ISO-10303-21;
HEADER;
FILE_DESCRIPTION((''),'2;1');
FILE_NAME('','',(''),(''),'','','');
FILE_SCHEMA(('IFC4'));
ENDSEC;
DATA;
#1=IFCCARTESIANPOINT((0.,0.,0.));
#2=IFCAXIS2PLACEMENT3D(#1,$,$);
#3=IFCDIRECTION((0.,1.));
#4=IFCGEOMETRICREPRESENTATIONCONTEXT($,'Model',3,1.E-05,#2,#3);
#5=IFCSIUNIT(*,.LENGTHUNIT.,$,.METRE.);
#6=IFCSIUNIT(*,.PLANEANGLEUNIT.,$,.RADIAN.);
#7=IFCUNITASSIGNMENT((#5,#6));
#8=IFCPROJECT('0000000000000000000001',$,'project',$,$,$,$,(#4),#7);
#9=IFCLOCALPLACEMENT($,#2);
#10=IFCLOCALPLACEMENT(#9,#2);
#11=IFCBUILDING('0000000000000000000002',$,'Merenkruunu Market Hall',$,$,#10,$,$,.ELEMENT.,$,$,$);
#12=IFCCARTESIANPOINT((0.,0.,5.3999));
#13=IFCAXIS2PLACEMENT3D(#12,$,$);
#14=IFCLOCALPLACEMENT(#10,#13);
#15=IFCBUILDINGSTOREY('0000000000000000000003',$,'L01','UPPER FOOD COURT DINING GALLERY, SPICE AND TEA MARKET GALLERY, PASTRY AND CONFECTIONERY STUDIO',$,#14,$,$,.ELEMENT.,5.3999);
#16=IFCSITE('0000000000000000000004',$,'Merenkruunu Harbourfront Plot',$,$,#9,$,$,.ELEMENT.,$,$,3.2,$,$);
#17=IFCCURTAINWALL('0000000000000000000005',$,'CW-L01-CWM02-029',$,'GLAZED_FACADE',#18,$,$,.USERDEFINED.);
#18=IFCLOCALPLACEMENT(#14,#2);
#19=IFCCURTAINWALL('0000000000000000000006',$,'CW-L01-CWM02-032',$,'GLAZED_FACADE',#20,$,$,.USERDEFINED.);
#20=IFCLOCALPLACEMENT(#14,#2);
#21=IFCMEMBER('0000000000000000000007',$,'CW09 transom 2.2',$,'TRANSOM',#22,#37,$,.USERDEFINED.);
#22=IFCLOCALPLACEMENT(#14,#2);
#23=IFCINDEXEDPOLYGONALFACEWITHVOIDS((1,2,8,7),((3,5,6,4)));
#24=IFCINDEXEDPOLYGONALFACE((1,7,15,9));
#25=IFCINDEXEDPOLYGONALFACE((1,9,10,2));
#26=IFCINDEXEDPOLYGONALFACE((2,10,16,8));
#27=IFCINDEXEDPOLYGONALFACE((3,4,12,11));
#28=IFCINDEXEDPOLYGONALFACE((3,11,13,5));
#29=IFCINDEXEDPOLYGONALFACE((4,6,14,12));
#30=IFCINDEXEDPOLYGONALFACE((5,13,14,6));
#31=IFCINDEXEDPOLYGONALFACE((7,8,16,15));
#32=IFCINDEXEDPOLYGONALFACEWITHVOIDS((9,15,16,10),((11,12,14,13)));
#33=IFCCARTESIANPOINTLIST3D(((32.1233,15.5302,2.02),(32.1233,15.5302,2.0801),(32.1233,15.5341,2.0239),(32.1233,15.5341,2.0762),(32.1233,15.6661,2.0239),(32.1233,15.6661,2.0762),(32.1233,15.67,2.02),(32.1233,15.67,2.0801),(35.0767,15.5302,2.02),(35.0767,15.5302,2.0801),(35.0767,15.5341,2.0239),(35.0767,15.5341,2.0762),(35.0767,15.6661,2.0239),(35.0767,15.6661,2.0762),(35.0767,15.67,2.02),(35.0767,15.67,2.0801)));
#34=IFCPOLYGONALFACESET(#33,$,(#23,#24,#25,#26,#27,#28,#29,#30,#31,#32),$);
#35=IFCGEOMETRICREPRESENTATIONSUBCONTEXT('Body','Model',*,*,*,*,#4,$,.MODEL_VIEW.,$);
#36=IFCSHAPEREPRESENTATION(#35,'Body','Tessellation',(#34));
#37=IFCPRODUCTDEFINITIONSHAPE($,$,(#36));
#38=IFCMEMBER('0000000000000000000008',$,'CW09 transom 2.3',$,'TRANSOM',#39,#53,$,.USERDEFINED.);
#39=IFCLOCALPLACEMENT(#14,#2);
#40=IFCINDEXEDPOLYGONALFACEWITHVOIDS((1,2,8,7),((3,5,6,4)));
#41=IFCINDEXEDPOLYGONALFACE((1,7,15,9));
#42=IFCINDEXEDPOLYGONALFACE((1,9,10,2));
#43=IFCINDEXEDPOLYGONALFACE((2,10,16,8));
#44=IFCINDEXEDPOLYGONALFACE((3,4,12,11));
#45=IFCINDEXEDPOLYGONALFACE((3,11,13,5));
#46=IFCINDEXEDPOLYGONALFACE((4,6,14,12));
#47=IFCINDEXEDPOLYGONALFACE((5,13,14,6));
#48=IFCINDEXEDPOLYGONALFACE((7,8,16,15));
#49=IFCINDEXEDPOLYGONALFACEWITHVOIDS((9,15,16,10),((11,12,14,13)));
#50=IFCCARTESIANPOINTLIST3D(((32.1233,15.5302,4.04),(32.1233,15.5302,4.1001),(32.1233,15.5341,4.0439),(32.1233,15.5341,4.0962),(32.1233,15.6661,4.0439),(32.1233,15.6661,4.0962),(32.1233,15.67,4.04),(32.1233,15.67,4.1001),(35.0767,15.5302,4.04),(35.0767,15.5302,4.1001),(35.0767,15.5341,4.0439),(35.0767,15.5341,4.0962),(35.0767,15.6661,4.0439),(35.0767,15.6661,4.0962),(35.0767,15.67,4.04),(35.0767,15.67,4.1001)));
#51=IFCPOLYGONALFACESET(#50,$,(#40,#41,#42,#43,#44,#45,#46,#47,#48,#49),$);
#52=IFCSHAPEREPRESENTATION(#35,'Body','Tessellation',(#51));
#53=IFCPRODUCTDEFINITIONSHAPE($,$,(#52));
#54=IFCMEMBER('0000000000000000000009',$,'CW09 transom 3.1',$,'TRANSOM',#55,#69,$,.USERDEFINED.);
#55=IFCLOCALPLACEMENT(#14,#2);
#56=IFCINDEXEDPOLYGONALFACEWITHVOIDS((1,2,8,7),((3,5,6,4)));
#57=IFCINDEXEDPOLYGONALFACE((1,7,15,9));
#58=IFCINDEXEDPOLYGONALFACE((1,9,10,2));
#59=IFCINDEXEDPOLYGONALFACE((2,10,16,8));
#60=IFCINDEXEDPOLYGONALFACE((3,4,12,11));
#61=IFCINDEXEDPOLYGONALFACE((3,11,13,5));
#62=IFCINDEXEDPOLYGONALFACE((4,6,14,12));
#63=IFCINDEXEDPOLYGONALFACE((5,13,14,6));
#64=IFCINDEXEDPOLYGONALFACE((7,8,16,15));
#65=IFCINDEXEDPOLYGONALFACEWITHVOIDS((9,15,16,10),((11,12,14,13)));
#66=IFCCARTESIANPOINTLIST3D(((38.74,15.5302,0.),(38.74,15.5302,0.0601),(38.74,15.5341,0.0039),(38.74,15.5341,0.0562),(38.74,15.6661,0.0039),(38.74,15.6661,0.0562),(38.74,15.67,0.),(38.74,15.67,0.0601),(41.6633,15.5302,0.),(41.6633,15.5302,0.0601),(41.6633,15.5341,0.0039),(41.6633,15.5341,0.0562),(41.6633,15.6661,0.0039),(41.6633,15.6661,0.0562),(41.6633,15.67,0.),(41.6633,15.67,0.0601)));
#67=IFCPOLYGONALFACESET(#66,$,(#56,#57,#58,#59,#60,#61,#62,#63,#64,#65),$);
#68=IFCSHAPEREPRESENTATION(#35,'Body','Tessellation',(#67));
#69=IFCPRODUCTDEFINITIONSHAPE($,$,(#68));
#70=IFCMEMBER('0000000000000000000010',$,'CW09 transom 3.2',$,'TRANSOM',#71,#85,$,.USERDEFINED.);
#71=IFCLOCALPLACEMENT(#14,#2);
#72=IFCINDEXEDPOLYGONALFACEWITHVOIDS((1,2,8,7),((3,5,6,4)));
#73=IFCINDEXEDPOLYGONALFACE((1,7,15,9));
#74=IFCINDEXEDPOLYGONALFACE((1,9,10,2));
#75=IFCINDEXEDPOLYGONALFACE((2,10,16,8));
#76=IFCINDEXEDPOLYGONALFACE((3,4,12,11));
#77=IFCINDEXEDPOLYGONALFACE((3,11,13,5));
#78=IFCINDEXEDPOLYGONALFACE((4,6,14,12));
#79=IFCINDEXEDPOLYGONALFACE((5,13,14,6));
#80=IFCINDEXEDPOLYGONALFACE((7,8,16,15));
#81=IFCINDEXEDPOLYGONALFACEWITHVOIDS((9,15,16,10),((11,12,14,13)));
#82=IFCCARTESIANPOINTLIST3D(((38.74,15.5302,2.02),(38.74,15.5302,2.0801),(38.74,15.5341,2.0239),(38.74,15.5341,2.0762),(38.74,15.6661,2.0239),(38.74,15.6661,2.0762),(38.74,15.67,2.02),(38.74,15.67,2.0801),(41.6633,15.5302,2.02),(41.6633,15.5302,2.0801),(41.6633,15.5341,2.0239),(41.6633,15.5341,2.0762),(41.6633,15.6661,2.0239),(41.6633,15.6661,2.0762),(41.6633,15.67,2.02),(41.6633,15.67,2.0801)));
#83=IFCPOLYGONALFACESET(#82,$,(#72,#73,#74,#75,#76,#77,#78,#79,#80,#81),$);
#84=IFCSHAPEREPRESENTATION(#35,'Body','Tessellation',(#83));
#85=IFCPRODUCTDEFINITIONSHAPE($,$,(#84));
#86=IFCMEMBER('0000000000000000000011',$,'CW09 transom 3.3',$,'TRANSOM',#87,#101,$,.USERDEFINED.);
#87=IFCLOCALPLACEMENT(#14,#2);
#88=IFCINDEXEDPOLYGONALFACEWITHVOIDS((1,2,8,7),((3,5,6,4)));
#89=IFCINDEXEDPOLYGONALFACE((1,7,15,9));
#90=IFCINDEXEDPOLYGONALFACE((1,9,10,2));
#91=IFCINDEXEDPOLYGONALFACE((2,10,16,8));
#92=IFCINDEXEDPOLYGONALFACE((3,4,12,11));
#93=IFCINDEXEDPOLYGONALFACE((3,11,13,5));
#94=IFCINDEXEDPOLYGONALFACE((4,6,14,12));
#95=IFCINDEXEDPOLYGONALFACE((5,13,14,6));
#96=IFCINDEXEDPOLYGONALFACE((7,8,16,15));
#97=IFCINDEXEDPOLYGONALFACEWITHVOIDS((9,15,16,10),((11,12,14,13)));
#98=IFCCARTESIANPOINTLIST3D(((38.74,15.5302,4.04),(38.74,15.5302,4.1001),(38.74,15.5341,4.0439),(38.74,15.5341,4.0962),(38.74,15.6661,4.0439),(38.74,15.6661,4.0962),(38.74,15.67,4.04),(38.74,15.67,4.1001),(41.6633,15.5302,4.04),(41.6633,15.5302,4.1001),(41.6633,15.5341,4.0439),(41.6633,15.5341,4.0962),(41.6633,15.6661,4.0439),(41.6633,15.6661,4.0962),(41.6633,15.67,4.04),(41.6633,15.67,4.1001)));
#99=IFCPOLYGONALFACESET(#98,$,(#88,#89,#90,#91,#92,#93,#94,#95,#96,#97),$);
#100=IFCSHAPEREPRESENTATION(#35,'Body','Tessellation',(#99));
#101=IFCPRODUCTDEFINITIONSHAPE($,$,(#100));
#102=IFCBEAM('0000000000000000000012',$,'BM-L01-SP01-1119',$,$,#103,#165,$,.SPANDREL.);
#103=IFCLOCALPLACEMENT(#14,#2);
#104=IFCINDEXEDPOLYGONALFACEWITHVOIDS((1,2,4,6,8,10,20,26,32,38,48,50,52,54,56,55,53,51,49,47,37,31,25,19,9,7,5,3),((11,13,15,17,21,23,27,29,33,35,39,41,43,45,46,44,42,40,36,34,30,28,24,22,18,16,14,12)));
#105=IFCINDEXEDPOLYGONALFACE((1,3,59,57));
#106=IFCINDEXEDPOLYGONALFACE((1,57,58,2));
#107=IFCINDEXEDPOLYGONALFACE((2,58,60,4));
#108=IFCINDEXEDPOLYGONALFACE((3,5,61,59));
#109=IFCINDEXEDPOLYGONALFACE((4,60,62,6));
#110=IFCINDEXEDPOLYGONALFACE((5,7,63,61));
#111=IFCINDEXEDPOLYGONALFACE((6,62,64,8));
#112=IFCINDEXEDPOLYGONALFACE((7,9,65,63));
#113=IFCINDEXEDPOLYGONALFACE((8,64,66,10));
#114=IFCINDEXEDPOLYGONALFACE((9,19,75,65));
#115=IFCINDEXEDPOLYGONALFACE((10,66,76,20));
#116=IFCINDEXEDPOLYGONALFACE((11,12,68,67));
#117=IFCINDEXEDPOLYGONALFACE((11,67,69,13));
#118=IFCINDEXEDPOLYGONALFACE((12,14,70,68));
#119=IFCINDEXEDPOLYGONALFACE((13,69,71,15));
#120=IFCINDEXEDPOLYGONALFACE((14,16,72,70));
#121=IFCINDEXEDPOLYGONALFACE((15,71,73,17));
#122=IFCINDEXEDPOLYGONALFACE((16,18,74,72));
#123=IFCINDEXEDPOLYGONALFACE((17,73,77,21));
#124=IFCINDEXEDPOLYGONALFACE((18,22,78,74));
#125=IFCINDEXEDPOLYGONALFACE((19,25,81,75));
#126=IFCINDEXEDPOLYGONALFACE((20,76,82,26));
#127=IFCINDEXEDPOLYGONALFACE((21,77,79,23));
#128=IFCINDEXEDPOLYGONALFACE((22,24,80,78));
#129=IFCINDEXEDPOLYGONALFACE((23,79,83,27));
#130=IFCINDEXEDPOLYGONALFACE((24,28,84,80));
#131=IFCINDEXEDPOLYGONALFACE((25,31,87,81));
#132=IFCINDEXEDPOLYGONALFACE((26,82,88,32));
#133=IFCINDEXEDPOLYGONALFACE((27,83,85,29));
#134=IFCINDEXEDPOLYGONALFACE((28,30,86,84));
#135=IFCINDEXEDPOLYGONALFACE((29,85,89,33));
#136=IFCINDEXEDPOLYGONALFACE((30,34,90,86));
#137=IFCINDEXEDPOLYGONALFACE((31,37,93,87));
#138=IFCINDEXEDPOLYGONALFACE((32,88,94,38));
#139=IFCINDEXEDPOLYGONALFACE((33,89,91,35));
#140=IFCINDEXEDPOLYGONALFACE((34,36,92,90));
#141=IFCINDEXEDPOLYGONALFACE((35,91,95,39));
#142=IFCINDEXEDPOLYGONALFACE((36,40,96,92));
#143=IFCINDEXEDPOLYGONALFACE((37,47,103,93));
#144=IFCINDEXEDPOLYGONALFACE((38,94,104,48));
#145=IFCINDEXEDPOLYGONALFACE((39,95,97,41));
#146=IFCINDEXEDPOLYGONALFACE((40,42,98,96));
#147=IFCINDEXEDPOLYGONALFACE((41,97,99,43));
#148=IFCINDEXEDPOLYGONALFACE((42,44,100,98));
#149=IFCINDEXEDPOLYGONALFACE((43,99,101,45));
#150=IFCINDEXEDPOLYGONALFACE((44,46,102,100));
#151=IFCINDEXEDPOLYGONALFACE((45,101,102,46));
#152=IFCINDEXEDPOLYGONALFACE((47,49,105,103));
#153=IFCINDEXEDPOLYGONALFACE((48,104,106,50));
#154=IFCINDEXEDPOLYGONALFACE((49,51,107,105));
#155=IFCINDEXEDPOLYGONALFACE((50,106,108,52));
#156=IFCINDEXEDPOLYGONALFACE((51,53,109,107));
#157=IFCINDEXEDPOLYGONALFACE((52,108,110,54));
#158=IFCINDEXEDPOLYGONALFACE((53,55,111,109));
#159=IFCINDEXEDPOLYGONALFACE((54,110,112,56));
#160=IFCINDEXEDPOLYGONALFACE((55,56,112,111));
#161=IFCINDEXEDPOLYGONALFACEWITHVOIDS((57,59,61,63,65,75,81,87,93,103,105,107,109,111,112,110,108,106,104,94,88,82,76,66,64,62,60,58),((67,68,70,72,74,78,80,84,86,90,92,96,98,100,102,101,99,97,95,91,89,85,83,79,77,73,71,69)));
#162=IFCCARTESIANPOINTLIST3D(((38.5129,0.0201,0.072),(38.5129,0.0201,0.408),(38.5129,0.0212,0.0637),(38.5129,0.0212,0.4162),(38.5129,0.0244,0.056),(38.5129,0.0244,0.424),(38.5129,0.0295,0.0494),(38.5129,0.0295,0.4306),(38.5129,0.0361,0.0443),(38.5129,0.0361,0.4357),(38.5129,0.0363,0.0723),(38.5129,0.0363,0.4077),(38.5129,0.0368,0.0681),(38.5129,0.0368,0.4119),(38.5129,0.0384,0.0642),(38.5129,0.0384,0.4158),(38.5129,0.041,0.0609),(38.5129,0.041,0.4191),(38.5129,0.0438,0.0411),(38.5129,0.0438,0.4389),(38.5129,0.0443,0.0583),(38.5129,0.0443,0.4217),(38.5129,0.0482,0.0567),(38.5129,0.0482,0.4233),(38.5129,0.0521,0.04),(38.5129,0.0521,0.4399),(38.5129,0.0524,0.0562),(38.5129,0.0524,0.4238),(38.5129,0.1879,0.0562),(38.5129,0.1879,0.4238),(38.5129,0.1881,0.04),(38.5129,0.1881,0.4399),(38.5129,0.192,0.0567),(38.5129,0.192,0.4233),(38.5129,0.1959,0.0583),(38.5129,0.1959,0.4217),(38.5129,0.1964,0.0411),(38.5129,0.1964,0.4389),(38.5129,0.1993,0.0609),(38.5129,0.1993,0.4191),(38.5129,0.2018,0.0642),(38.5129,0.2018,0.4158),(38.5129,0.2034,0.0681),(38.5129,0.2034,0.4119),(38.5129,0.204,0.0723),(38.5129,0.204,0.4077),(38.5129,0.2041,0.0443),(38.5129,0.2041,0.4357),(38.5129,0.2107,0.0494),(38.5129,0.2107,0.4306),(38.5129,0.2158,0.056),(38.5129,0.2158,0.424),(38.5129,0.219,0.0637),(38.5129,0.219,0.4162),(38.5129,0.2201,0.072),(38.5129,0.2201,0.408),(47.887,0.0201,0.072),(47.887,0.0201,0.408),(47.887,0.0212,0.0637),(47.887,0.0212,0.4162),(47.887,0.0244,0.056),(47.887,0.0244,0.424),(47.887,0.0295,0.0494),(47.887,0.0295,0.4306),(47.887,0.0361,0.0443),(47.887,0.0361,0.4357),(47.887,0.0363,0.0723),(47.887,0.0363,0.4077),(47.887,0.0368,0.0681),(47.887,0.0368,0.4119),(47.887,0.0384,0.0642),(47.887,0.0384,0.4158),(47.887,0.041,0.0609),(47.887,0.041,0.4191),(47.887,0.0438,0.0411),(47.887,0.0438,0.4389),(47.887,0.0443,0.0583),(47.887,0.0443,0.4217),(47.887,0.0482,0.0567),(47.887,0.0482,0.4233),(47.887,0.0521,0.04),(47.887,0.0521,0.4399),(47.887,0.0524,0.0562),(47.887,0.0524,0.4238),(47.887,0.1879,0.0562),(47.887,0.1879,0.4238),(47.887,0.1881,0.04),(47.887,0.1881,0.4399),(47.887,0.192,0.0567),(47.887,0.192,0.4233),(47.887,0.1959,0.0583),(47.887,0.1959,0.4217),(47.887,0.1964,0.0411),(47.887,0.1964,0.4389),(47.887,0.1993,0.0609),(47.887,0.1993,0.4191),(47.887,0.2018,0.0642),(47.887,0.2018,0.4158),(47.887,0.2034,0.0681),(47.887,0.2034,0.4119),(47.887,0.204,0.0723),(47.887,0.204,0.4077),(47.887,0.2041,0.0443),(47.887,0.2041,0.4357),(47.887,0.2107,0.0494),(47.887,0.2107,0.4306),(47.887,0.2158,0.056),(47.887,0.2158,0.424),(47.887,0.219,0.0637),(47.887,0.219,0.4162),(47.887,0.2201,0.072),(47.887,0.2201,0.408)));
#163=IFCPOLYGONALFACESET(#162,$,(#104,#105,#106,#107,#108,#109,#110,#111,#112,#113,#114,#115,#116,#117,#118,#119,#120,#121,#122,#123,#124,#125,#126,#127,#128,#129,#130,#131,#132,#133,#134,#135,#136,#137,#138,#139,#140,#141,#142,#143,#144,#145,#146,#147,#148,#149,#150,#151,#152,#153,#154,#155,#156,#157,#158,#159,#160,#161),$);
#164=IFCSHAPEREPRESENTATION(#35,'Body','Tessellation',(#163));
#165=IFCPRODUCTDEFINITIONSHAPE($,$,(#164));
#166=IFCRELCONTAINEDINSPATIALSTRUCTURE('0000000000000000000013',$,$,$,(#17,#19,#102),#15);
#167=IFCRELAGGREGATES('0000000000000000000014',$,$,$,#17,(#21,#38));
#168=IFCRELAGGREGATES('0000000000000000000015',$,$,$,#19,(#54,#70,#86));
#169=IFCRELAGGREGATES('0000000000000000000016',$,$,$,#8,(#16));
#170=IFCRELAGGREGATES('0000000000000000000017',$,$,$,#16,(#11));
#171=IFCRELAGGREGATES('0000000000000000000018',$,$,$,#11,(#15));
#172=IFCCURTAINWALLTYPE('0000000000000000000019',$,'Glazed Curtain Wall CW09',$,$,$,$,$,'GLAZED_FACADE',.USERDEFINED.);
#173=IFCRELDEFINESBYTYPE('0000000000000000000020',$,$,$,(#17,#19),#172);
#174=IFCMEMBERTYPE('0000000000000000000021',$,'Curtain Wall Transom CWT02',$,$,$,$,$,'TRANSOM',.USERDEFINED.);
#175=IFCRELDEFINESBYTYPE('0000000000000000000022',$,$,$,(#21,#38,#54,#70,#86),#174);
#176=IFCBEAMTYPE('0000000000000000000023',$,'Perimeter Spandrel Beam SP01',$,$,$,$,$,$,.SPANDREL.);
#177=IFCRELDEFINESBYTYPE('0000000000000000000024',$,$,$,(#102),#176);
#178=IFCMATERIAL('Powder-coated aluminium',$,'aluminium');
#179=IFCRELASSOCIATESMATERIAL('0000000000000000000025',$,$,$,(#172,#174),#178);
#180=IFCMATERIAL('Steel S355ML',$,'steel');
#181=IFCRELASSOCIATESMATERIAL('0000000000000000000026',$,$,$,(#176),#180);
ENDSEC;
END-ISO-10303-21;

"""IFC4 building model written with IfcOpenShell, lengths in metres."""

from ifc_helpers import new_model, si_unit, direction, frame, origin, origin_2d, place, context, subcontext, project, spatial, hollow_rectangle, extrude, material, material_profile, profile_set, type_object, element, aggregate, save


model = new_model("IFC4")

# Units and contexts
model_context = context("Model", 3, precision=1e-05, world=origin(), true_north=direction((0.0, 1.0)))
body_context = subcontext(model_context, "Body", "Model", "MODEL_VIEW")
ifc_project = project(units=[si_unit("LENGTHUNIT", "METRE"), si_unit("PLANEANGLEUNIT", "RADIAN")], contexts=[model_context])

# Site, building, storey
site_placement = place(None, origin())
site = spatial("IfcSite", under=ifc_project, at=site_placement, Name="Merenkruunu Harbourfront Plot", CompositionType="ELEMENT", RefElevation=3.2)
building_placement = place(site_placement, origin())
building = spatial("IfcBuilding", under=site, at=building_placement, Name="Merenkruunu Market Hall", CompositionType="ELEMENT")
storey_placement = place(building_placement, frame((0.0, 0.0, 5.3999)))
storey = spatial("IfcBuildingStorey", under=building, at=storey_placement, Name="L01", Description="UPPER FOOD COURT DINING GALLERY, SPICE AND TEA MARKET GALLERY, PASTRY AND CONFECTIONERY STUDIO", CompositionType="ELEMENT", Elevation=5.3999)

# Curtain walls
ifc_material_1 = material(Name="Powder-coated aluminium", Category="aluminium")
curtain_wall_type = type_object("IfcCurtainWallType", Name="Glazed Curtain Wall CW09", ElementType="GLAZED_FACADE", PredefinedType="USERDEFINED", material=ifc_material_1)
curtain_wall_1_placement = place(storey_placement, origin())
curtain_wall_1 = element("IfcCurtainWall", 1, at=curtain_wall_1_placement, inside=storey, type_object=curtain_wall_type, Name="CW-L01-CWM02-029", ObjectType="GLAZED_FACADE", PredefinedType="USERDEFINED")
curtain_wall_2_placement = place(storey_placement, origin())
curtain_wall_2 = element("IfcCurtainWall", 2, at=curtain_wall_2_placement, inside=storey, type_object=curtain_wall_type, Name="CW-L01-CWM02-032", ObjectType="GLAZED_FACADE", PredefinedType="USERDEFINED")

# Members
ifc_material_profile_1 = material_profile(ifc_material_1, hollow_rectangle(XDim=0.0601, YDim=0.1399, WallThickness=0.0039, at=origin_2d()), Name="ALU 60x140x4")
ifc_profile_set_1 = profile_set([ifc_material_profile_1], Name="Powder-coated aluminium")
member_type_1 = type_object("IfcMemberType", Name="Curtain Wall Transom CWT02", ElementType="TRANSOM", PredefinedType="USERDEFINED", material=ifc_profile_set_1)
member_1_placement = place(storey_placement, frame((35.0767, 15.6001, 2.05), z_axis=(-1.0, 0.0, 0.0), x_axis=(0.0, 0.0, 1.0)))
member_1 = element("IfcMember", 3, at=member_1_placement, type_object=member_type_1, Name="CW09 transom 2.2", ObjectType="TRANSOM", PredefinedType="USERDEFINED", context=body_context, shape_type="SweptSolid", body=[
    extrude(hollow_rectangle(XDim=0.0601, YDim=0.1399, WallThickness=0.0039, at=origin_2d()), origin(), (0.0, 0.0, 1.0), 2.9534),
])
member_2_placement = place(storey_placement, frame((35.0767, 15.6001, 4.0701), z_axis=(-1.0, 0.0, 0.0), x_axis=(0.0, 0.0, 1.0)))
member_2 = element("IfcMember", 4, at=member_2_placement, type_object=member_type_1, Name="CW09 transom 2.3", ObjectType="TRANSOM", PredefinedType="USERDEFINED", context=body_context, shape_type="SweptSolid", body=[
    extrude(hollow_rectangle(XDim=0.0601, YDim=0.1399, WallThickness=0.0039, at=origin_2d()), origin(), (0.0, 0.0, 1.0), 2.9534),
])
member_3_placement = place(storey_placement, frame((41.6633, 15.6001, 0.03), z_axis=(-1.0, 0.0, 0.0), x_axis=(0.0, 0.0, 1.0)))
member_3 = element("IfcMember", 5, at=member_3_placement, type_object=member_type_1, Name="CW09 transom 3.1", ObjectType="TRANSOM", PredefinedType="USERDEFINED", context=body_context, shape_type="SweptSolid", body=[
    extrude(hollow_rectangle(XDim=0.0601, YDim=0.1399, WallThickness=0.0039, at=origin_2d()), origin(), (0.0, 0.0, 1.0), 2.9233),
])
member_4_placement = place(storey_placement, frame((41.6633, 15.6001, 2.05), z_axis=(-1.0, 0.0, 0.0), x_axis=(0.0, 0.0, 1.0)))
member_4 = element("IfcMember", 6, at=member_4_placement, type_object=member_type_1, Name="CW09 transom 3.2", ObjectType="TRANSOM", PredefinedType="USERDEFINED", context=body_context, shape_type="SweptSolid", body=[
    extrude(hollow_rectangle(XDim=0.0601, YDim=0.1399, WallThickness=0.0039, at=origin_2d()), origin(), (0.0, 0.0, 1.0), 2.9233),
])
member_5_placement = place(storey_placement, frame((41.6633, 15.6001, 4.0701), z_axis=(-1.0, 0.0, 0.0), x_axis=(0.0, 0.0, 1.0)))
member_5 = element("IfcMember", 7, at=member_5_placement, type_object=member_type_1, Name="CW09 transom 3.3", ObjectType="TRANSOM", PredefinedType="USERDEFINED", context=body_context, shape_type="SweptSolid", body=[
    extrude(hollow_rectangle(XDim=0.0601, YDim=0.1399, WallThickness=0.0039, at=origin_2d()), origin(), (0.0, 0.0, 1.0), 2.9233),
])

# Beam
ifc_material_2 = material(Name="Steel S355ML", Category="steel")
ifc_material_profile_2 = material_profile(ifc_material_2, hollow_rectangle(XDim=0.2, YDim=0.3999, WallThickness=0.0161, InnerFilletRadius=0.0161, OuterFilletRadius=0.032, at=origin_2d()), Name="RHS 400x200x16")
ifc_profile_set_2 = profile_set([ifc_material_profile_2], Name="Steel S355ML")
beam_type_1 = type_object("IfcBeamType", Name="Perimeter Spandrel Beam SP01", PredefinedType="SPANDREL", material=ifc_profile_set_2)
beam_1_placement = place(storey_placement, frame((38.5129, 0.1201, 0.24), z_axis=(1.0, 0.0, 0.0), x_axis=(0.0, 1.0, 0.0)))
element("IfcBeam", 8, at=beam_1_placement, inside=storey, type_object=beam_type_1, Name="BM-L01-SP01-1119", PredefinedType="SPANDREL", context=body_context, shape_type="SweptSolid", body=[
    extrude(hollow_rectangle(XDim=0.2, YDim=0.3999, WallThickness=0.0161, InnerFilletRadius=0.0161, OuterFilletRadius=0.032, at=origin_2d()), origin(), (0.0, 0.0, 1.0), 9.374),
])

aggregate(curtain_wall_1, [member_1, member_2])
aggregate(curtain_wall_2, [member_3, member_4, member_5])

save(model, "model.ifc")
